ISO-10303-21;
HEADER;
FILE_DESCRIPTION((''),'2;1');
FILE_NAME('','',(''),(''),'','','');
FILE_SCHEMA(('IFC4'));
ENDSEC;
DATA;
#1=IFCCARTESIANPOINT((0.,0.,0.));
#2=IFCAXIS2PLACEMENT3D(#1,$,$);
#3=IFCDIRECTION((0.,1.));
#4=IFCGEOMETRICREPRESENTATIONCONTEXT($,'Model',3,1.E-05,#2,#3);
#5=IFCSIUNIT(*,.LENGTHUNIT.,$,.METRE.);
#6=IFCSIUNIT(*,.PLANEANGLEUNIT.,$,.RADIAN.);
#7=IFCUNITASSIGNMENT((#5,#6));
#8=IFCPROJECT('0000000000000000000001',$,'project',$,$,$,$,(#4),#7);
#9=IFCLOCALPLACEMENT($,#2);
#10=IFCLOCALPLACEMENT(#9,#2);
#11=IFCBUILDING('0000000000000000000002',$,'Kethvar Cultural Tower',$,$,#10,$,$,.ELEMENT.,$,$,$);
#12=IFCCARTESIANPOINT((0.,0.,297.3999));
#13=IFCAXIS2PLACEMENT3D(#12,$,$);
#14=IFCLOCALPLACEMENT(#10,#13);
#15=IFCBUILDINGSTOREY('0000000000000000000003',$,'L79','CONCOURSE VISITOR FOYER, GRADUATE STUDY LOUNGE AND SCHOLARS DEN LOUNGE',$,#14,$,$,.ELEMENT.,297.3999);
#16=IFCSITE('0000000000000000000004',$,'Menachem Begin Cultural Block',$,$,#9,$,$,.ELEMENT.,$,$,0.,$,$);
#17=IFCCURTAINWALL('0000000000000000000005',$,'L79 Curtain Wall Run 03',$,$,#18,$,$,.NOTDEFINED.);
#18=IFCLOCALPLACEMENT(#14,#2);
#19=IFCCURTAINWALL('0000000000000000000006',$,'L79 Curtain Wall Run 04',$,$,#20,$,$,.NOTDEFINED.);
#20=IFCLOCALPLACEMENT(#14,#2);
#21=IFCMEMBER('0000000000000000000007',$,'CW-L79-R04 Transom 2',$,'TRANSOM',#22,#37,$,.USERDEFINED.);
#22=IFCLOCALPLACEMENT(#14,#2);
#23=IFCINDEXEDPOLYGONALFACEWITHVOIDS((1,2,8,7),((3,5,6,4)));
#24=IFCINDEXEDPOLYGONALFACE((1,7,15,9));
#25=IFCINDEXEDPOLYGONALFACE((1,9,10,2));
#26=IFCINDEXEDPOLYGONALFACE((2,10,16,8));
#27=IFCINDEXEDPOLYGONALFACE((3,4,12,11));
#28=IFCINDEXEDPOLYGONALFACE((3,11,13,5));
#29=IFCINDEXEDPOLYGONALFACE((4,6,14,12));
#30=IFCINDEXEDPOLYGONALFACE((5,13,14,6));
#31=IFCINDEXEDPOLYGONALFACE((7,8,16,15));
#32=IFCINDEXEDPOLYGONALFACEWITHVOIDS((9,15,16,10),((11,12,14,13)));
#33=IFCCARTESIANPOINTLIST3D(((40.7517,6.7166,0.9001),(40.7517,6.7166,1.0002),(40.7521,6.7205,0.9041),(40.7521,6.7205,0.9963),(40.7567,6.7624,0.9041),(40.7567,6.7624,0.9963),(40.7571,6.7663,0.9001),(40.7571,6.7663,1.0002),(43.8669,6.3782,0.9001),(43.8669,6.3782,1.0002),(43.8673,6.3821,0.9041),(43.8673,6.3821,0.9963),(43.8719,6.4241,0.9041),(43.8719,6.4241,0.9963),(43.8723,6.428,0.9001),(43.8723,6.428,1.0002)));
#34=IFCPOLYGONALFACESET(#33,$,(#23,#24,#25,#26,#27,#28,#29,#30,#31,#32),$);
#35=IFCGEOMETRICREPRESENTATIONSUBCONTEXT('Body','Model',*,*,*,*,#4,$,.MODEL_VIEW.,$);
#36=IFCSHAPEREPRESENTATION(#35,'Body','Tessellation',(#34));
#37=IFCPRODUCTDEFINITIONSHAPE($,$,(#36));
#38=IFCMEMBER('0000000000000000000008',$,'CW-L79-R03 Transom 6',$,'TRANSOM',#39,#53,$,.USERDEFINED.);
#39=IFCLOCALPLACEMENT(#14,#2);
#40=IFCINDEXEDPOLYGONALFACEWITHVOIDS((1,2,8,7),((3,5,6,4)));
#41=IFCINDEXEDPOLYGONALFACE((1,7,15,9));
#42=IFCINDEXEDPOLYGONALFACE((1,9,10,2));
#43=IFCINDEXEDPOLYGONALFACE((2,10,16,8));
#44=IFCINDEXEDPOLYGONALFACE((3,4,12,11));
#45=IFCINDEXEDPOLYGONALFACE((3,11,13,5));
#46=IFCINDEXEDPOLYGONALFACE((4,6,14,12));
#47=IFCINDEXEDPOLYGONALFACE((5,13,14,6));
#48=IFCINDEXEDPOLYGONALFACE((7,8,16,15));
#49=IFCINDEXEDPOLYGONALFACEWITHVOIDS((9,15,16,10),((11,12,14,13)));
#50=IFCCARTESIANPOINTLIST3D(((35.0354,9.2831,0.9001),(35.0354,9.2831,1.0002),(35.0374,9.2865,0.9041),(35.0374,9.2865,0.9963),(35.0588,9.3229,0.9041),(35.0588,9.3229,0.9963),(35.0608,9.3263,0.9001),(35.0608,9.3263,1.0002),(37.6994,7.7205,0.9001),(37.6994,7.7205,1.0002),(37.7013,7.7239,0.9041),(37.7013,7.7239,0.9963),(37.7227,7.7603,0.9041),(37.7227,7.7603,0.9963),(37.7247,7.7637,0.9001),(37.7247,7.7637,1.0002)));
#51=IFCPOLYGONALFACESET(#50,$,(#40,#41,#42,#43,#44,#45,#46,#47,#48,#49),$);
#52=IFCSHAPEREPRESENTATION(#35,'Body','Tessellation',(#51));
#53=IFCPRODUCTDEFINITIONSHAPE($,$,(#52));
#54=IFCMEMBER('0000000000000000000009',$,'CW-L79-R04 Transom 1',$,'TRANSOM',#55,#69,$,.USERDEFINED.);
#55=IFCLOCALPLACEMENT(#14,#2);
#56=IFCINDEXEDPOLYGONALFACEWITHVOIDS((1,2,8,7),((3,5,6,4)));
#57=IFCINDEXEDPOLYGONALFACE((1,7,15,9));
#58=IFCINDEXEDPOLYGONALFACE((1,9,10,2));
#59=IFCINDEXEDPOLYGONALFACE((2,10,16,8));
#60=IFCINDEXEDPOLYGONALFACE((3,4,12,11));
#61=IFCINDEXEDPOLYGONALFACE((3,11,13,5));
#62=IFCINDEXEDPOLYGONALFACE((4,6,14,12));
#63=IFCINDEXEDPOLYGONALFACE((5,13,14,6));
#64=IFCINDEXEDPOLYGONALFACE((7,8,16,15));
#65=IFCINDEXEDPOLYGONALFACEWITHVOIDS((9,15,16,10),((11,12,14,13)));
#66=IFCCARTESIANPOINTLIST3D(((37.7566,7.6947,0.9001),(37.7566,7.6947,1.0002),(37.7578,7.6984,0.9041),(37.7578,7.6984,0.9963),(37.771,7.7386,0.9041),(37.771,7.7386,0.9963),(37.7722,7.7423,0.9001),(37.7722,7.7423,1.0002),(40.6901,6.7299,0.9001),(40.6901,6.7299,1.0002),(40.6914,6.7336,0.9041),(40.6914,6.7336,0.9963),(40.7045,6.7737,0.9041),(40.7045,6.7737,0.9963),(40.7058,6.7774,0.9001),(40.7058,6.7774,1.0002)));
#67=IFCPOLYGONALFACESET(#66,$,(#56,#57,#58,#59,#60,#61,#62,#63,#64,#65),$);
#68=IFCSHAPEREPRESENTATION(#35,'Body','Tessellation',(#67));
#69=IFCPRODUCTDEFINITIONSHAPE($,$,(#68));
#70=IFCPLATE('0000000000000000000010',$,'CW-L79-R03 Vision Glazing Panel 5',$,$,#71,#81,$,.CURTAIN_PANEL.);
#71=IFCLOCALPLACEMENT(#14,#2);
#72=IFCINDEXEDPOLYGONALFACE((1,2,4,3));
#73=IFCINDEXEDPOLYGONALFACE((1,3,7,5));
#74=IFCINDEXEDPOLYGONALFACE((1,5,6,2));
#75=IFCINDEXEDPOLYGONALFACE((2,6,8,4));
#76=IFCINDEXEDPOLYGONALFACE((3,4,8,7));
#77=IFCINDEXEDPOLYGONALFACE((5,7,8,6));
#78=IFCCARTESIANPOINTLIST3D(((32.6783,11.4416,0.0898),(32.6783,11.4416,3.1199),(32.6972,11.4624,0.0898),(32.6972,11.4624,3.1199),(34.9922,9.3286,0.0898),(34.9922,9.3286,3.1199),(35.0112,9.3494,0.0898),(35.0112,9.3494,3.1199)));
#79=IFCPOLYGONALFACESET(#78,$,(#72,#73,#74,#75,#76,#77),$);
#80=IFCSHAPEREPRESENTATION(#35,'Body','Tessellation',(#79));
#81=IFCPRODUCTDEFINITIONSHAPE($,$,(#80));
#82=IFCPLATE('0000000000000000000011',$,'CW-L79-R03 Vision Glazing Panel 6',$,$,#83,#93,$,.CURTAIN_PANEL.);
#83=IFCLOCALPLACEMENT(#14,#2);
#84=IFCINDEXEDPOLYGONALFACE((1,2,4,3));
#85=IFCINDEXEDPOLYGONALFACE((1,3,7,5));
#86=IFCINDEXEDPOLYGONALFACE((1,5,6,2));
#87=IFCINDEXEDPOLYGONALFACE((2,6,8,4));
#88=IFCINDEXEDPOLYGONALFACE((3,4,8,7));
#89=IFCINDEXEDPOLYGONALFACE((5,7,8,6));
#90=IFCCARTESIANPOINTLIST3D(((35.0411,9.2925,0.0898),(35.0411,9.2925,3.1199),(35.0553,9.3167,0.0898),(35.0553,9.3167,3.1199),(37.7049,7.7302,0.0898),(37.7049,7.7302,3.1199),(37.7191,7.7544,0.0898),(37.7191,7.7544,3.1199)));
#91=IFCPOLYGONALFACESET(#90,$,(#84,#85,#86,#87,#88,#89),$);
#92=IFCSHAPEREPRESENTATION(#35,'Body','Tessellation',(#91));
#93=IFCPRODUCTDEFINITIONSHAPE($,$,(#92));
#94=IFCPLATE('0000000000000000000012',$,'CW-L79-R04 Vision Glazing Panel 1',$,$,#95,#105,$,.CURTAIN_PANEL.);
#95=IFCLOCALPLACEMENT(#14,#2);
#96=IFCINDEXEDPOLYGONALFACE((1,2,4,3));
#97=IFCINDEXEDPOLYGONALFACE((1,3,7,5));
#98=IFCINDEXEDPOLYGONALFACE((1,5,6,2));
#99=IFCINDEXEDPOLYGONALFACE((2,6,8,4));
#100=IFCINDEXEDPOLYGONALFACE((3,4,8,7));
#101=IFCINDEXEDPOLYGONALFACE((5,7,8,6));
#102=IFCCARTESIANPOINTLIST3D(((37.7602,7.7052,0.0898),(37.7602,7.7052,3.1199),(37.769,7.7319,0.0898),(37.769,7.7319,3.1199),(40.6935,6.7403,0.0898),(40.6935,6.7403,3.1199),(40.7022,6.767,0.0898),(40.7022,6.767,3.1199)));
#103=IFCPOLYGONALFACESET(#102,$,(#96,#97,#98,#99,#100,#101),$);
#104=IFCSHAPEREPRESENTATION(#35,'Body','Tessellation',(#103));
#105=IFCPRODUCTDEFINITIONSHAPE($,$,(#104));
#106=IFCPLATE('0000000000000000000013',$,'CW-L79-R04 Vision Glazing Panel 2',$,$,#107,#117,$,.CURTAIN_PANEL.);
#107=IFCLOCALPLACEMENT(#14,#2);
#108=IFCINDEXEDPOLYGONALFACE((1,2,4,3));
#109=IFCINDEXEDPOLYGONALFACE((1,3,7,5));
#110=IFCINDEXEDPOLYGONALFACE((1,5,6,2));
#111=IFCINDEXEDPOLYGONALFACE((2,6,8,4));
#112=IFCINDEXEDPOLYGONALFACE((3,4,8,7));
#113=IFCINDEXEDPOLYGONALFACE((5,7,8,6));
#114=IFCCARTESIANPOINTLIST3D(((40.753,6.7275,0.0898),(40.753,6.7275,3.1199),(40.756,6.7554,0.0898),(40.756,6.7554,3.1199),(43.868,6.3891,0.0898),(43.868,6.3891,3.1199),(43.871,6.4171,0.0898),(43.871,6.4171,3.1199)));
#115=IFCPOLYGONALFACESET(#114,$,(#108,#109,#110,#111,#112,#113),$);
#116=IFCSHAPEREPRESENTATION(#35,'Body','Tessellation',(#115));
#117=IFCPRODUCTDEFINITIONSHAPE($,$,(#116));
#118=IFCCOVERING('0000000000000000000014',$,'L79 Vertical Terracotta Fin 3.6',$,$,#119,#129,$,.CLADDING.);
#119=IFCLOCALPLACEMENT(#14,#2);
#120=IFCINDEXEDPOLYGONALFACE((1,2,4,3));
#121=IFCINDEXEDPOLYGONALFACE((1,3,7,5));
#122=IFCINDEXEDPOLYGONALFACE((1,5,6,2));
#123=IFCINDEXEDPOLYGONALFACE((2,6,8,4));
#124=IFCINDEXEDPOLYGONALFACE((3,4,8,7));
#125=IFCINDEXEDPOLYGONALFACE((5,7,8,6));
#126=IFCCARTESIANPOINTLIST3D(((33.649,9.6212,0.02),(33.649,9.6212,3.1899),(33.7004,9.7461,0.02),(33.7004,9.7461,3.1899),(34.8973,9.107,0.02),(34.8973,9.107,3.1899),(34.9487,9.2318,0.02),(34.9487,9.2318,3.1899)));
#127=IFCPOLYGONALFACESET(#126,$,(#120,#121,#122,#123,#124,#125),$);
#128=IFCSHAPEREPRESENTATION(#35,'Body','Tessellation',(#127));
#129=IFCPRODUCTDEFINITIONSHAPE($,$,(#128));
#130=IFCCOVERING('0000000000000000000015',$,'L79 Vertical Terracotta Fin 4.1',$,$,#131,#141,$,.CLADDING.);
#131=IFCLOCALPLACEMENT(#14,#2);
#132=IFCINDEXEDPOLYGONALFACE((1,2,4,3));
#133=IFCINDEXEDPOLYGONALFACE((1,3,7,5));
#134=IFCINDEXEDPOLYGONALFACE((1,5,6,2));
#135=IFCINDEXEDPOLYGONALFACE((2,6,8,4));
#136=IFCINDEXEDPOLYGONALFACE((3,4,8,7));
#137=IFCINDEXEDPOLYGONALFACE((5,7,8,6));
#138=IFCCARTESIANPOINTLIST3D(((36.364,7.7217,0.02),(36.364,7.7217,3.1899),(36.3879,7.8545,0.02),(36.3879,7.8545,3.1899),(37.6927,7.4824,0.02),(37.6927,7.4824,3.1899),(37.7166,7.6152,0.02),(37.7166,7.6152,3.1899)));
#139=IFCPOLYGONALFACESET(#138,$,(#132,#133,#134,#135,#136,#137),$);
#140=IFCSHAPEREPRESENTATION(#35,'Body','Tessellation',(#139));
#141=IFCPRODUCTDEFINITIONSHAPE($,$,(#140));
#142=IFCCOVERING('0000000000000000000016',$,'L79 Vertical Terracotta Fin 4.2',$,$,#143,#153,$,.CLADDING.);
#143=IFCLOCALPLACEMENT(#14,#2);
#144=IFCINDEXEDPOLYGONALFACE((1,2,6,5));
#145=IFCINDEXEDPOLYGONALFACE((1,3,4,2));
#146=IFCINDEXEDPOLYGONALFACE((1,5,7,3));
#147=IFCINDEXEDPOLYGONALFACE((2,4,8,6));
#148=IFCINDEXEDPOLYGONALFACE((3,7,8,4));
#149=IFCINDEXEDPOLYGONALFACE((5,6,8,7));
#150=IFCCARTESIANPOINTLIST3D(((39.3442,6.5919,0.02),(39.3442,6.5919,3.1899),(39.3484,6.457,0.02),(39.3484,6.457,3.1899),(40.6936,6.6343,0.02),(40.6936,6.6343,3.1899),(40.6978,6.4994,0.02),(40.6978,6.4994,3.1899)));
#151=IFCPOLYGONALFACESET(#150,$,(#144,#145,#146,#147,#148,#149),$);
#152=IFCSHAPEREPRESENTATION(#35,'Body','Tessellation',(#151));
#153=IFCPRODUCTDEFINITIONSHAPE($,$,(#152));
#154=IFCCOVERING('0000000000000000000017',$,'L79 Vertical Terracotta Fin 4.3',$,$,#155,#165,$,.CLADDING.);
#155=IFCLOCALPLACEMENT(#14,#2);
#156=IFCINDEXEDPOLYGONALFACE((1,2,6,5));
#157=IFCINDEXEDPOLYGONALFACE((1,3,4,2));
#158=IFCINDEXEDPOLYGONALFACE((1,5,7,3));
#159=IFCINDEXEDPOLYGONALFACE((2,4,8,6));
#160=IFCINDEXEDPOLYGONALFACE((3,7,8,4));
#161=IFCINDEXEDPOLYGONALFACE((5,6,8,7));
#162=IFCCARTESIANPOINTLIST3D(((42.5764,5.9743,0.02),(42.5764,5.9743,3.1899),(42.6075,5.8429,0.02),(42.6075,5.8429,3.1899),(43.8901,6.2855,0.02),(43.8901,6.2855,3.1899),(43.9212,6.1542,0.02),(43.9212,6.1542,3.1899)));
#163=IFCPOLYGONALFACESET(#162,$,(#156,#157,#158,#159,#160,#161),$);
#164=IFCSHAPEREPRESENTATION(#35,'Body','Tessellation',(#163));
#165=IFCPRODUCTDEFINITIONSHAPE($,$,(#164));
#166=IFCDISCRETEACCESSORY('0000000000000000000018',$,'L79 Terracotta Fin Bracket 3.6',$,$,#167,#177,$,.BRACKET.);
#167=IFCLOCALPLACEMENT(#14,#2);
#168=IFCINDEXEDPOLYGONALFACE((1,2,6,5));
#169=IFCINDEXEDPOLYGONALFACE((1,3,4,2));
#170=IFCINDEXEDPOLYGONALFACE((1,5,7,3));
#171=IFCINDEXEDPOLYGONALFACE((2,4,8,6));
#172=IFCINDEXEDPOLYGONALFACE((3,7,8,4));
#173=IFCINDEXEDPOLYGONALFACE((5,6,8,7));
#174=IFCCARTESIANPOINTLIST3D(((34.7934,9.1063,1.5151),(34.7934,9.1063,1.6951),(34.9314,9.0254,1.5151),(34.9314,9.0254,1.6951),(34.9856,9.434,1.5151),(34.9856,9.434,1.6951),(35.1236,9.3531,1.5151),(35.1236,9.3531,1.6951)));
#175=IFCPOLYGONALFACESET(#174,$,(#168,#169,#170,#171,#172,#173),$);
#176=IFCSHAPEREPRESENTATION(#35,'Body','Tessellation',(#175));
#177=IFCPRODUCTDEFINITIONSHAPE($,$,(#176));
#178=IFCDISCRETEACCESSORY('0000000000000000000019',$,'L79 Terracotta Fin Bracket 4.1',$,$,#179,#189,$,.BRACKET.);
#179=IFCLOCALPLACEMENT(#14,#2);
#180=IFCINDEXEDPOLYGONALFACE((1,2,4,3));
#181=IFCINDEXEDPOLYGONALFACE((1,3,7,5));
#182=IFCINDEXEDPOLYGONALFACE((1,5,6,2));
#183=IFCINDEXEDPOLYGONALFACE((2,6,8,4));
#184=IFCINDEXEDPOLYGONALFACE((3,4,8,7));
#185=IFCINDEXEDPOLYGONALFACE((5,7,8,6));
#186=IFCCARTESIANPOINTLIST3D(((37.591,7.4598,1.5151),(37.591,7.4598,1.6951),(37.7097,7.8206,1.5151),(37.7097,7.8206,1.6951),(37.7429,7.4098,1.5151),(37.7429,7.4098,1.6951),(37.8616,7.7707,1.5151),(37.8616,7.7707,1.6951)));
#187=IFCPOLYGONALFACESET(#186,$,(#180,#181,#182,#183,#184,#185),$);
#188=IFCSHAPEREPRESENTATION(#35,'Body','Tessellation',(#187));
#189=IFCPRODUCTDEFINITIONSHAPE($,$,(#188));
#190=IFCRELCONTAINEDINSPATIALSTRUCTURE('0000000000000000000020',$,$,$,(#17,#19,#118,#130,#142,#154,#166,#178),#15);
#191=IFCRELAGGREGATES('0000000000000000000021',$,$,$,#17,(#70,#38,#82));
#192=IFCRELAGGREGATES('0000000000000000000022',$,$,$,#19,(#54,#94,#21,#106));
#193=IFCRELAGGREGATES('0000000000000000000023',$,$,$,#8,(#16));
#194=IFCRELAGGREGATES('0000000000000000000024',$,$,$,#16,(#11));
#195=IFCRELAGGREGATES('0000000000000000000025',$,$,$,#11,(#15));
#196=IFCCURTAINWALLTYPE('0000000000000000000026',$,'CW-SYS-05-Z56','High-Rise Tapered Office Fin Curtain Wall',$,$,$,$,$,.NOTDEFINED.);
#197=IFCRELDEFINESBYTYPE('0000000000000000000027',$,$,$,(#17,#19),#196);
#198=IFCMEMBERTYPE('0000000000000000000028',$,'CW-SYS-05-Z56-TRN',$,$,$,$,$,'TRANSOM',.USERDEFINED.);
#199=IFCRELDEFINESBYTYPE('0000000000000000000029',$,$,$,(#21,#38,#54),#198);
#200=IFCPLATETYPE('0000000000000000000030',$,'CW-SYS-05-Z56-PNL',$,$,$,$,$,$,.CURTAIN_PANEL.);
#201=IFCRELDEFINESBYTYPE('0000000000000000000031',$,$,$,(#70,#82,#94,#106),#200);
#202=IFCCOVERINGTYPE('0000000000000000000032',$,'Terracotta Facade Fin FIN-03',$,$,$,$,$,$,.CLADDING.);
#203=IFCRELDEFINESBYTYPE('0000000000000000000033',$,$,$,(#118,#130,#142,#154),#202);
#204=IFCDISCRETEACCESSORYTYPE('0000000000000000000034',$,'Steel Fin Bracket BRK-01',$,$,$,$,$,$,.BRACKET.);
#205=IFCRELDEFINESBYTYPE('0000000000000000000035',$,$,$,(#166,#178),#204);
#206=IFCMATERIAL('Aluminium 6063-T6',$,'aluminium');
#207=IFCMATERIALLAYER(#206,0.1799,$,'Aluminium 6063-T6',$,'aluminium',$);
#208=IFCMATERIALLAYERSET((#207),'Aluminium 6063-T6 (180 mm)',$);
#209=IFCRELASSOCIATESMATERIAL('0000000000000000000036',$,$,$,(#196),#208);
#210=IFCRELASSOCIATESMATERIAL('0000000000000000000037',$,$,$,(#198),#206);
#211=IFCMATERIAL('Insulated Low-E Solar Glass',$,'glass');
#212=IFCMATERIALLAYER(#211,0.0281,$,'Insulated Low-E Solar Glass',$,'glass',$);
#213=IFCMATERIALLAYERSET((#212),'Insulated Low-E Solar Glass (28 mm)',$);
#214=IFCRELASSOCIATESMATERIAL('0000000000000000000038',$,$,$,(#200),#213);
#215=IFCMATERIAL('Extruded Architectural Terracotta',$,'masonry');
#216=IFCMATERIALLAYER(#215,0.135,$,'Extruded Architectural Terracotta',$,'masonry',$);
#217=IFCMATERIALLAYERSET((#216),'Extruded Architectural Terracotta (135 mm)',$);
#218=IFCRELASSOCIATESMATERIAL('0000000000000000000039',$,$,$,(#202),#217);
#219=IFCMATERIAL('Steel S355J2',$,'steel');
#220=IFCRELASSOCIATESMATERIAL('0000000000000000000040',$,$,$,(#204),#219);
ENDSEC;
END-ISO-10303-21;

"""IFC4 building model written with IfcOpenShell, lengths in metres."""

from ifc_helpers import new_model, si_unit, direction, frame, origin, origin_2d, place, context, subcontext, project, spatial, rectangle, hollow_rectangle, extrude, source, transform, mapped, material, layer, layer_set, material_profile, profile_set, type_object, element, aggregate, save


model = new_model("IFC4")

# Units and contexts
model_context = context("Model", 3, precision=1e-05, world=origin(), true_north=direction((0.0, 1.0)))
body_context = subcontext(model_context, "Body", "Model", "MODEL_VIEW")
ifc_project = project(units=[si_unit("LENGTHUNIT", "METRE"), si_unit("PLANEANGLEUNIT", "RADIAN")], contexts=[model_context])

# Site, building, storey
site_placement = place(None, origin())
site = spatial("IfcSite", under=ifc_project, at=site_placement, Name="Menachem Begin Cultural Block", CompositionType="ELEMENT", RefElevation=0.0)
building_placement = place(site_placement, origin())
building = spatial("IfcBuilding", under=site, at=building_placement, Name="Kethvar Cultural Tower", CompositionType="ELEMENT")
storey_placement = place(building_placement, frame((0.0, 0.0, 297.3999)))
storey = spatial("IfcBuildingStorey", under=building, at=storey_placement, Name="L79", Description="CONCOURSE VISITOR FOYER, GRADUATE STUDY LOUNGE AND SCHOLARS DEN LOUNGE", CompositionType="ELEMENT", Elevation=297.3999)

# Shared definitions
ifc_material_1 = material(Name="Steel S355J2", Category="steel")

# Curtain walls, member
ifc_material_2 = material(Name="Aluminium 6063-T6", Category="aluminium")
ifc_layer_1 = layer(ifc_material_2, 0.1799, Name="Aluminium 6063-T6", Category="aluminium")
ifc_layer_set_1 = layer_set([ifc_layer_1], Name="Aluminium 6063-T6 (180 mm)")
curtain_wall_type = type_object("IfcCurtainWallType", Name="CW-SYS-05-Z56", Description="High-Rise Tapered Office Fin Curtain Wall", PredefinedType="NOTDEFINED", material=ifc_layer_set_1)
curtain_wall_1_placement = place(storey_placement, origin())
curtain_wall_1 = element("IfcCurtainWall", 1, at=curtain_wall_1_placement, inside=storey, type_object=curtain_wall_type, Name="L79 Curtain Wall Run 03", PredefinedType="NOTDEFINED")
curtain_wall_2_placement = place(storey_placement, origin())
curtain_wall_2 = element("IfcCurtainWall", 2, at=curtain_wall_2_placement, inside=storey, type_object=curtain_wall_type, Name="L79 Curtain Wall Run 04", PredefinedType="NOTDEFINED")
ifc_material_profile_1 = material_profile(ifc_material_2, hollow_rectangle(XDim=0.05, YDim=0.1001, WallThickness=0.0039, at=origin_2d()), Name="Aluminium 6063-T6 — RHS100x50x4")
ifc_profile_set_1 = profile_set([ifc_material_profile_1], Name="Aluminium 6063-T6 — RHS100x50x4")
member_type_1 = type_object("IfcMemberType", Name="CW-SYS-05-Z56-TRN", ElementType="TRANSOM", PredefinedType="USERDEFINED", material=ifc_profile_set_1)
shared_shape_1 = source(origin(), body_context, "Body", "SweptSolid", [
    extrude(hollow_rectangle(XDim=0.05, YDim=0.1001, WallThickness=0.0039, at=origin_2d()), origin(), (0.0, 0.0, 1.0), 3.1335),
])
member_1_placement = place(storey_placement, frame((40.7544, 6.7415, 0.9502), z_axis=(0.994152, -0.107986, 0.0), x_axis=(0.107986, 0.994152, 0.0)))
member_1 = element("IfcMember", 3, at=member_1_placement, type_object=member_type_1, Name="CW-L79-R04 Transom 2", ObjectType="TRANSOM", PredefinedType="USERDEFINED", context=body_context, shape_type="MappedRepresentation", body=[
    mapped(shared_shape_1, transform((0.0, 0.0, 0.0), scale=1.0)),
])

# Members
shared_shape_2 = source(origin(), body_context, "Body", "SweptSolid", [
    extrude(hollow_rectangle(XDim=0.05, YDim=0.1001, WallThickness=0.0039, at=origin_2d()), origin(), (0.0, 0.0, 1.0), 3.0884),
])
member_2_placement = place(storey_placement, frame((35.0481, 9.3047, 0.9502), z_axis=(0.862564, -0.505949, 0.0), x_axis=(0.505949, 0.862564, 0.0)))
member_2 = element("IfcMember", 4, at=member_2_placement, type_object=member_type_1, Name="CW-L79-R03 Transom 6", ObjectType="TRANSOM", PredefinedType="USERDEFINED", context=body_context, shape_type="MappedRepresentation", body=[
    mapped(shared_shape_2, transform((0.0, 0.0, 0.0), scale=1.0)),
])
shared_shape_3 = source(origin(), body_context, "Body", "SweptSolid", [
    extrude(hollow_rectangle(XDim=0.05, YDim=0.1001, WallThickness=0.0039, at=origin_2d()), origin(), (0.0, 0.0, 1.0), 3.0881),
])
member_3_placement = place(storey_placement, frame((37.7644, 7.7185, 0.9502), z_axis=(0.949941, -0.312431, 0.0), x_axis=(0.312431, 0.949941, 0.0)))
member_3 = element("IfcMember", 5, at=member_3_placement, type_object=member_type_1, Name="CW-L79-R04 Transom 1", ObjectType="TRANSOM", PredefinedType="USERDEFINED", context=body_context, shape_type="MappedRepresentation", body=[
    mapped(shared_shape_3, transform((0.0, 0.0, 0.0), scale=1.0)),
])

# Plates
ifc_material_3 = material(Name="Insulated Low-E Solar Glass", Category="glass")
ifc_layer_2 = layer(ifc_material_3, 0.0281, Name="Insulated Low-E Solar Glass", Category="glass")
ifc_layer_set_2 = layer_set([ifc_layer_2], Name="Insulated Low-E Solar Glass (28 mm)")
plate_type = type_object("IfcPlateType", Name="CW-SYS-05-Z56-PNL", PredefinedType="CURTAIN_PANEL", material=ifc_layer_set_2)
shared_shape_4 = source(origin(), body_context, "Body", "SweptSolid", [
    extrude(rectangle(XDim=3.1335, YDim=0.0281, at=origin_2d()), origin(), (0.0, 0.0, 1.0), 3.03),
])
plate_1_placement = place(storey_placement, frame((33.8447, 10.3955, 0.0898), z_axis=(0.0, 0.0, 1.0), x_axis=(0.738444, -0.674315, 0.0)))
plate_1 = element("IfcPlate", 6, at=plate_1_placement, type_object=plate_type, Name="CW-L79-R03 Vision Glazing Panel 5", PredefinedType="CURTAIN_PANEL", context=body_context, shape_type="MappedRepresentation", body=[
    mapped(shared_shape_4, transform((0.0, 0.0, 0.0), scale=1.0)),
])
shared_shape_5 = source(origin(), body_context, "Body", "SweptSolid", [
    extrude(rectangle(XDim=3.0881, YDim=0.0281, at=origin_2d()), origin(), (0.0, 0.0, 1.0), 3.03),
])
plate_2_placement = place(storey_placement, frame((36.3801, 8.5234, 0.0898), z_axis=(0.0, 0.0, 1.0), x_axis=(0.862584, -0.505913, 0.0)))
plate_2 = element("IfcPlate", 7, at=plate_2_placement, type_object=plate_type, Name="CW-L79-R03 Vision Glazing Panel 6", PredefinedType="CURTAIN_PANEL", context=body_context, shape_type="MappedRepresentation", body=[
    mapped(shared_shape_5, transform((0.0, 0.0, 0.0), scale=1.0)),
])
aggregate(curtain_wall_1, [plate_1, member_2, plate_2])
shared_shape_6 = source(origin(), body_context, "Body", "SweptSolid", [
    extrude(rectangle(XDim=3.0879, YDim=0.0281, at=origin_2d()), origin(), (0.0, 0.0, 1.0), 3.03),
])
plate_3_placement = place(storey_placement, frame((39.2312, 7.2361, 0.0898), z_axis=(0.0, 0.0, 1.0), x_axis=(0.949928, -0.312468, 0.0)))
plate_3 = element("IfcPlate", 8, at=plate_3_placement, type_object=plate_type, Name="CW-L79-R04 Vision Glazing Panel 1", PredefinedType="CURTAIN_PANEL", context=body_context, shape_type="MappedRepresentation", body=[
    mapped(shared_shape_6, transform((0.0, 0.0, 0.0), scale=1.0)),
])
shared_shape_7 = source(origin(), body_context, "Body", "SweptSolid", [
    extrude(rectangle(XDim=3.1333, YDim=0.0281, at=origin_2d()), origin(), (0.0, 0.0, 1.0), 3.03),
])
plate_4_placement = place(storey_placement, frame((42.312, 6.5723, 0.0898), z_axis=(0.0, 0.0, 1.0), x_axis=(0.994153, -0.107982, 0.0)))
plate_4 = element("IfcPlate", 9, at=plate_4_placement, type_object=plate_type, Name="CW-L79-R04 Vision Glazing Panel 2", PredefinedType="CURTAIN_PANEL", context=body_context, shape_type="MappedRepresentation", body=[
    mapped(shared_shape_7, transform((0.0, 0.0, 0.0), scale=1.0)),
])
aggregate(curtain_wall_2, [member_3, plate_3, member_1, plate_4])

# Coverings
ifc_material_4 = material(Name="Extruded Architectural Terracotta", Category="masonry")
ifc_layer_3 = layer(ifc_material_4, 0.135, Name="Extruded Architectural Terracotta", Category="masonry")
ifc_layer_set_3 = layer_set([ifc_layer_3], Name="Extruded Architectural Terracotta (135 mm)")
covering_type = type_object("IfcCoveringType", Name="Terracotta Facade Fin FIN-03", PredefinedType="CLADDING", material=ifc_layer_set_3)
shared_shape_8 = source(origin(), body_context, "Body", "SweptSolid", [
    extrude(rectangle(XDim=1.3501, YDim=0.135, at=origin_2d()), origin(), (0.0, 0.0, 1.0), 3.1699),
])
for number, where, z_axis, x_axis, name in (
    (10, (34.2988, 9.4265, 0.02), (0.0, 0.0, 1.0), (-0.924613, 0.380909, 0.0), "L79 Vertical Terracotta Fin 3.6"),
    (11, (37.0403, 7.6685, 0.02), (0.0, 0.0, 1.0), (-0.984165, 0.177257, 0.0), "L79 Vertical Terracotta Fin 4.1"),
    (12, (40.021, 6.5457, 0.02), (0.0, 0.0, 1.0), (-0.999507, -0.031411, 0.0), "L79 Vertical Terracotta Fin 4.2"),
    (13, (43.2488, 6.0642, 0.02), (0.0, 0.0, 1.0), (-0.973058, -0.230559, 0.0), "L79 Vertical Terracotta Fin 4.3"),
):
    element("IfcCovering", number, at=place(storey_placement, frame(where, z_axis=z_axis, x_axis=x_axis)), inside=storey, type_object=covering_type, Name=name, PredefinedType="CLADDING", context=body_context, shape_type="MappedRepresentation", body=[
        mapped(shared_shape_8, transform((0.0, 0.0, 0.0), scale=1.0)),
    ])

# Discrete accessories
discrete_accessory_type = type_object("IfcDiscreteAccessoryType", Name="Steel Fin Bracket BRK-01", PredefinedType="BRACKET", material=ifc_material_1)
shared_shape_9 = source(origin(), body_context, "Body", "SweptSolid", [
    extrude(rectangle(XDim=0.3799, YDim=0.1599, at=origin_2d()), origin(), (0.0, 0.0, 1.0), 0.1799),
])
for number, where, z_axis, x_axis, name in (
    (14, (34.9585, 9.2297, 1.5151), (0.0, 0.0, 1.0), (-0.505883, -0.862602, 0.0), "L79 Terracotta Fin Bracket 3.6"),
    (15, (37.7263, 7.6152, 1.5151), (0.0, 0.0, 1.0), (-0.312501, -0.949918, 0.0), "L79 Terracotta Fin Bracket 4.1"),
):
    element("IfcDiscreteAccessory", number, at=place(storey_placement, frame(where, z_axis=z_axis, x_axis=x_axis)), inside=storey, type_object=discrete_accessory_type, Name=name, PredefinedType="BRACKET", context=body_context, shape_type="MappedRepresentation", body=[
        mapped(shared_shape_9, transform((0.0, 0.0, 0.0), scale=1.0)),
    ])

save(model, "model.ifc")
